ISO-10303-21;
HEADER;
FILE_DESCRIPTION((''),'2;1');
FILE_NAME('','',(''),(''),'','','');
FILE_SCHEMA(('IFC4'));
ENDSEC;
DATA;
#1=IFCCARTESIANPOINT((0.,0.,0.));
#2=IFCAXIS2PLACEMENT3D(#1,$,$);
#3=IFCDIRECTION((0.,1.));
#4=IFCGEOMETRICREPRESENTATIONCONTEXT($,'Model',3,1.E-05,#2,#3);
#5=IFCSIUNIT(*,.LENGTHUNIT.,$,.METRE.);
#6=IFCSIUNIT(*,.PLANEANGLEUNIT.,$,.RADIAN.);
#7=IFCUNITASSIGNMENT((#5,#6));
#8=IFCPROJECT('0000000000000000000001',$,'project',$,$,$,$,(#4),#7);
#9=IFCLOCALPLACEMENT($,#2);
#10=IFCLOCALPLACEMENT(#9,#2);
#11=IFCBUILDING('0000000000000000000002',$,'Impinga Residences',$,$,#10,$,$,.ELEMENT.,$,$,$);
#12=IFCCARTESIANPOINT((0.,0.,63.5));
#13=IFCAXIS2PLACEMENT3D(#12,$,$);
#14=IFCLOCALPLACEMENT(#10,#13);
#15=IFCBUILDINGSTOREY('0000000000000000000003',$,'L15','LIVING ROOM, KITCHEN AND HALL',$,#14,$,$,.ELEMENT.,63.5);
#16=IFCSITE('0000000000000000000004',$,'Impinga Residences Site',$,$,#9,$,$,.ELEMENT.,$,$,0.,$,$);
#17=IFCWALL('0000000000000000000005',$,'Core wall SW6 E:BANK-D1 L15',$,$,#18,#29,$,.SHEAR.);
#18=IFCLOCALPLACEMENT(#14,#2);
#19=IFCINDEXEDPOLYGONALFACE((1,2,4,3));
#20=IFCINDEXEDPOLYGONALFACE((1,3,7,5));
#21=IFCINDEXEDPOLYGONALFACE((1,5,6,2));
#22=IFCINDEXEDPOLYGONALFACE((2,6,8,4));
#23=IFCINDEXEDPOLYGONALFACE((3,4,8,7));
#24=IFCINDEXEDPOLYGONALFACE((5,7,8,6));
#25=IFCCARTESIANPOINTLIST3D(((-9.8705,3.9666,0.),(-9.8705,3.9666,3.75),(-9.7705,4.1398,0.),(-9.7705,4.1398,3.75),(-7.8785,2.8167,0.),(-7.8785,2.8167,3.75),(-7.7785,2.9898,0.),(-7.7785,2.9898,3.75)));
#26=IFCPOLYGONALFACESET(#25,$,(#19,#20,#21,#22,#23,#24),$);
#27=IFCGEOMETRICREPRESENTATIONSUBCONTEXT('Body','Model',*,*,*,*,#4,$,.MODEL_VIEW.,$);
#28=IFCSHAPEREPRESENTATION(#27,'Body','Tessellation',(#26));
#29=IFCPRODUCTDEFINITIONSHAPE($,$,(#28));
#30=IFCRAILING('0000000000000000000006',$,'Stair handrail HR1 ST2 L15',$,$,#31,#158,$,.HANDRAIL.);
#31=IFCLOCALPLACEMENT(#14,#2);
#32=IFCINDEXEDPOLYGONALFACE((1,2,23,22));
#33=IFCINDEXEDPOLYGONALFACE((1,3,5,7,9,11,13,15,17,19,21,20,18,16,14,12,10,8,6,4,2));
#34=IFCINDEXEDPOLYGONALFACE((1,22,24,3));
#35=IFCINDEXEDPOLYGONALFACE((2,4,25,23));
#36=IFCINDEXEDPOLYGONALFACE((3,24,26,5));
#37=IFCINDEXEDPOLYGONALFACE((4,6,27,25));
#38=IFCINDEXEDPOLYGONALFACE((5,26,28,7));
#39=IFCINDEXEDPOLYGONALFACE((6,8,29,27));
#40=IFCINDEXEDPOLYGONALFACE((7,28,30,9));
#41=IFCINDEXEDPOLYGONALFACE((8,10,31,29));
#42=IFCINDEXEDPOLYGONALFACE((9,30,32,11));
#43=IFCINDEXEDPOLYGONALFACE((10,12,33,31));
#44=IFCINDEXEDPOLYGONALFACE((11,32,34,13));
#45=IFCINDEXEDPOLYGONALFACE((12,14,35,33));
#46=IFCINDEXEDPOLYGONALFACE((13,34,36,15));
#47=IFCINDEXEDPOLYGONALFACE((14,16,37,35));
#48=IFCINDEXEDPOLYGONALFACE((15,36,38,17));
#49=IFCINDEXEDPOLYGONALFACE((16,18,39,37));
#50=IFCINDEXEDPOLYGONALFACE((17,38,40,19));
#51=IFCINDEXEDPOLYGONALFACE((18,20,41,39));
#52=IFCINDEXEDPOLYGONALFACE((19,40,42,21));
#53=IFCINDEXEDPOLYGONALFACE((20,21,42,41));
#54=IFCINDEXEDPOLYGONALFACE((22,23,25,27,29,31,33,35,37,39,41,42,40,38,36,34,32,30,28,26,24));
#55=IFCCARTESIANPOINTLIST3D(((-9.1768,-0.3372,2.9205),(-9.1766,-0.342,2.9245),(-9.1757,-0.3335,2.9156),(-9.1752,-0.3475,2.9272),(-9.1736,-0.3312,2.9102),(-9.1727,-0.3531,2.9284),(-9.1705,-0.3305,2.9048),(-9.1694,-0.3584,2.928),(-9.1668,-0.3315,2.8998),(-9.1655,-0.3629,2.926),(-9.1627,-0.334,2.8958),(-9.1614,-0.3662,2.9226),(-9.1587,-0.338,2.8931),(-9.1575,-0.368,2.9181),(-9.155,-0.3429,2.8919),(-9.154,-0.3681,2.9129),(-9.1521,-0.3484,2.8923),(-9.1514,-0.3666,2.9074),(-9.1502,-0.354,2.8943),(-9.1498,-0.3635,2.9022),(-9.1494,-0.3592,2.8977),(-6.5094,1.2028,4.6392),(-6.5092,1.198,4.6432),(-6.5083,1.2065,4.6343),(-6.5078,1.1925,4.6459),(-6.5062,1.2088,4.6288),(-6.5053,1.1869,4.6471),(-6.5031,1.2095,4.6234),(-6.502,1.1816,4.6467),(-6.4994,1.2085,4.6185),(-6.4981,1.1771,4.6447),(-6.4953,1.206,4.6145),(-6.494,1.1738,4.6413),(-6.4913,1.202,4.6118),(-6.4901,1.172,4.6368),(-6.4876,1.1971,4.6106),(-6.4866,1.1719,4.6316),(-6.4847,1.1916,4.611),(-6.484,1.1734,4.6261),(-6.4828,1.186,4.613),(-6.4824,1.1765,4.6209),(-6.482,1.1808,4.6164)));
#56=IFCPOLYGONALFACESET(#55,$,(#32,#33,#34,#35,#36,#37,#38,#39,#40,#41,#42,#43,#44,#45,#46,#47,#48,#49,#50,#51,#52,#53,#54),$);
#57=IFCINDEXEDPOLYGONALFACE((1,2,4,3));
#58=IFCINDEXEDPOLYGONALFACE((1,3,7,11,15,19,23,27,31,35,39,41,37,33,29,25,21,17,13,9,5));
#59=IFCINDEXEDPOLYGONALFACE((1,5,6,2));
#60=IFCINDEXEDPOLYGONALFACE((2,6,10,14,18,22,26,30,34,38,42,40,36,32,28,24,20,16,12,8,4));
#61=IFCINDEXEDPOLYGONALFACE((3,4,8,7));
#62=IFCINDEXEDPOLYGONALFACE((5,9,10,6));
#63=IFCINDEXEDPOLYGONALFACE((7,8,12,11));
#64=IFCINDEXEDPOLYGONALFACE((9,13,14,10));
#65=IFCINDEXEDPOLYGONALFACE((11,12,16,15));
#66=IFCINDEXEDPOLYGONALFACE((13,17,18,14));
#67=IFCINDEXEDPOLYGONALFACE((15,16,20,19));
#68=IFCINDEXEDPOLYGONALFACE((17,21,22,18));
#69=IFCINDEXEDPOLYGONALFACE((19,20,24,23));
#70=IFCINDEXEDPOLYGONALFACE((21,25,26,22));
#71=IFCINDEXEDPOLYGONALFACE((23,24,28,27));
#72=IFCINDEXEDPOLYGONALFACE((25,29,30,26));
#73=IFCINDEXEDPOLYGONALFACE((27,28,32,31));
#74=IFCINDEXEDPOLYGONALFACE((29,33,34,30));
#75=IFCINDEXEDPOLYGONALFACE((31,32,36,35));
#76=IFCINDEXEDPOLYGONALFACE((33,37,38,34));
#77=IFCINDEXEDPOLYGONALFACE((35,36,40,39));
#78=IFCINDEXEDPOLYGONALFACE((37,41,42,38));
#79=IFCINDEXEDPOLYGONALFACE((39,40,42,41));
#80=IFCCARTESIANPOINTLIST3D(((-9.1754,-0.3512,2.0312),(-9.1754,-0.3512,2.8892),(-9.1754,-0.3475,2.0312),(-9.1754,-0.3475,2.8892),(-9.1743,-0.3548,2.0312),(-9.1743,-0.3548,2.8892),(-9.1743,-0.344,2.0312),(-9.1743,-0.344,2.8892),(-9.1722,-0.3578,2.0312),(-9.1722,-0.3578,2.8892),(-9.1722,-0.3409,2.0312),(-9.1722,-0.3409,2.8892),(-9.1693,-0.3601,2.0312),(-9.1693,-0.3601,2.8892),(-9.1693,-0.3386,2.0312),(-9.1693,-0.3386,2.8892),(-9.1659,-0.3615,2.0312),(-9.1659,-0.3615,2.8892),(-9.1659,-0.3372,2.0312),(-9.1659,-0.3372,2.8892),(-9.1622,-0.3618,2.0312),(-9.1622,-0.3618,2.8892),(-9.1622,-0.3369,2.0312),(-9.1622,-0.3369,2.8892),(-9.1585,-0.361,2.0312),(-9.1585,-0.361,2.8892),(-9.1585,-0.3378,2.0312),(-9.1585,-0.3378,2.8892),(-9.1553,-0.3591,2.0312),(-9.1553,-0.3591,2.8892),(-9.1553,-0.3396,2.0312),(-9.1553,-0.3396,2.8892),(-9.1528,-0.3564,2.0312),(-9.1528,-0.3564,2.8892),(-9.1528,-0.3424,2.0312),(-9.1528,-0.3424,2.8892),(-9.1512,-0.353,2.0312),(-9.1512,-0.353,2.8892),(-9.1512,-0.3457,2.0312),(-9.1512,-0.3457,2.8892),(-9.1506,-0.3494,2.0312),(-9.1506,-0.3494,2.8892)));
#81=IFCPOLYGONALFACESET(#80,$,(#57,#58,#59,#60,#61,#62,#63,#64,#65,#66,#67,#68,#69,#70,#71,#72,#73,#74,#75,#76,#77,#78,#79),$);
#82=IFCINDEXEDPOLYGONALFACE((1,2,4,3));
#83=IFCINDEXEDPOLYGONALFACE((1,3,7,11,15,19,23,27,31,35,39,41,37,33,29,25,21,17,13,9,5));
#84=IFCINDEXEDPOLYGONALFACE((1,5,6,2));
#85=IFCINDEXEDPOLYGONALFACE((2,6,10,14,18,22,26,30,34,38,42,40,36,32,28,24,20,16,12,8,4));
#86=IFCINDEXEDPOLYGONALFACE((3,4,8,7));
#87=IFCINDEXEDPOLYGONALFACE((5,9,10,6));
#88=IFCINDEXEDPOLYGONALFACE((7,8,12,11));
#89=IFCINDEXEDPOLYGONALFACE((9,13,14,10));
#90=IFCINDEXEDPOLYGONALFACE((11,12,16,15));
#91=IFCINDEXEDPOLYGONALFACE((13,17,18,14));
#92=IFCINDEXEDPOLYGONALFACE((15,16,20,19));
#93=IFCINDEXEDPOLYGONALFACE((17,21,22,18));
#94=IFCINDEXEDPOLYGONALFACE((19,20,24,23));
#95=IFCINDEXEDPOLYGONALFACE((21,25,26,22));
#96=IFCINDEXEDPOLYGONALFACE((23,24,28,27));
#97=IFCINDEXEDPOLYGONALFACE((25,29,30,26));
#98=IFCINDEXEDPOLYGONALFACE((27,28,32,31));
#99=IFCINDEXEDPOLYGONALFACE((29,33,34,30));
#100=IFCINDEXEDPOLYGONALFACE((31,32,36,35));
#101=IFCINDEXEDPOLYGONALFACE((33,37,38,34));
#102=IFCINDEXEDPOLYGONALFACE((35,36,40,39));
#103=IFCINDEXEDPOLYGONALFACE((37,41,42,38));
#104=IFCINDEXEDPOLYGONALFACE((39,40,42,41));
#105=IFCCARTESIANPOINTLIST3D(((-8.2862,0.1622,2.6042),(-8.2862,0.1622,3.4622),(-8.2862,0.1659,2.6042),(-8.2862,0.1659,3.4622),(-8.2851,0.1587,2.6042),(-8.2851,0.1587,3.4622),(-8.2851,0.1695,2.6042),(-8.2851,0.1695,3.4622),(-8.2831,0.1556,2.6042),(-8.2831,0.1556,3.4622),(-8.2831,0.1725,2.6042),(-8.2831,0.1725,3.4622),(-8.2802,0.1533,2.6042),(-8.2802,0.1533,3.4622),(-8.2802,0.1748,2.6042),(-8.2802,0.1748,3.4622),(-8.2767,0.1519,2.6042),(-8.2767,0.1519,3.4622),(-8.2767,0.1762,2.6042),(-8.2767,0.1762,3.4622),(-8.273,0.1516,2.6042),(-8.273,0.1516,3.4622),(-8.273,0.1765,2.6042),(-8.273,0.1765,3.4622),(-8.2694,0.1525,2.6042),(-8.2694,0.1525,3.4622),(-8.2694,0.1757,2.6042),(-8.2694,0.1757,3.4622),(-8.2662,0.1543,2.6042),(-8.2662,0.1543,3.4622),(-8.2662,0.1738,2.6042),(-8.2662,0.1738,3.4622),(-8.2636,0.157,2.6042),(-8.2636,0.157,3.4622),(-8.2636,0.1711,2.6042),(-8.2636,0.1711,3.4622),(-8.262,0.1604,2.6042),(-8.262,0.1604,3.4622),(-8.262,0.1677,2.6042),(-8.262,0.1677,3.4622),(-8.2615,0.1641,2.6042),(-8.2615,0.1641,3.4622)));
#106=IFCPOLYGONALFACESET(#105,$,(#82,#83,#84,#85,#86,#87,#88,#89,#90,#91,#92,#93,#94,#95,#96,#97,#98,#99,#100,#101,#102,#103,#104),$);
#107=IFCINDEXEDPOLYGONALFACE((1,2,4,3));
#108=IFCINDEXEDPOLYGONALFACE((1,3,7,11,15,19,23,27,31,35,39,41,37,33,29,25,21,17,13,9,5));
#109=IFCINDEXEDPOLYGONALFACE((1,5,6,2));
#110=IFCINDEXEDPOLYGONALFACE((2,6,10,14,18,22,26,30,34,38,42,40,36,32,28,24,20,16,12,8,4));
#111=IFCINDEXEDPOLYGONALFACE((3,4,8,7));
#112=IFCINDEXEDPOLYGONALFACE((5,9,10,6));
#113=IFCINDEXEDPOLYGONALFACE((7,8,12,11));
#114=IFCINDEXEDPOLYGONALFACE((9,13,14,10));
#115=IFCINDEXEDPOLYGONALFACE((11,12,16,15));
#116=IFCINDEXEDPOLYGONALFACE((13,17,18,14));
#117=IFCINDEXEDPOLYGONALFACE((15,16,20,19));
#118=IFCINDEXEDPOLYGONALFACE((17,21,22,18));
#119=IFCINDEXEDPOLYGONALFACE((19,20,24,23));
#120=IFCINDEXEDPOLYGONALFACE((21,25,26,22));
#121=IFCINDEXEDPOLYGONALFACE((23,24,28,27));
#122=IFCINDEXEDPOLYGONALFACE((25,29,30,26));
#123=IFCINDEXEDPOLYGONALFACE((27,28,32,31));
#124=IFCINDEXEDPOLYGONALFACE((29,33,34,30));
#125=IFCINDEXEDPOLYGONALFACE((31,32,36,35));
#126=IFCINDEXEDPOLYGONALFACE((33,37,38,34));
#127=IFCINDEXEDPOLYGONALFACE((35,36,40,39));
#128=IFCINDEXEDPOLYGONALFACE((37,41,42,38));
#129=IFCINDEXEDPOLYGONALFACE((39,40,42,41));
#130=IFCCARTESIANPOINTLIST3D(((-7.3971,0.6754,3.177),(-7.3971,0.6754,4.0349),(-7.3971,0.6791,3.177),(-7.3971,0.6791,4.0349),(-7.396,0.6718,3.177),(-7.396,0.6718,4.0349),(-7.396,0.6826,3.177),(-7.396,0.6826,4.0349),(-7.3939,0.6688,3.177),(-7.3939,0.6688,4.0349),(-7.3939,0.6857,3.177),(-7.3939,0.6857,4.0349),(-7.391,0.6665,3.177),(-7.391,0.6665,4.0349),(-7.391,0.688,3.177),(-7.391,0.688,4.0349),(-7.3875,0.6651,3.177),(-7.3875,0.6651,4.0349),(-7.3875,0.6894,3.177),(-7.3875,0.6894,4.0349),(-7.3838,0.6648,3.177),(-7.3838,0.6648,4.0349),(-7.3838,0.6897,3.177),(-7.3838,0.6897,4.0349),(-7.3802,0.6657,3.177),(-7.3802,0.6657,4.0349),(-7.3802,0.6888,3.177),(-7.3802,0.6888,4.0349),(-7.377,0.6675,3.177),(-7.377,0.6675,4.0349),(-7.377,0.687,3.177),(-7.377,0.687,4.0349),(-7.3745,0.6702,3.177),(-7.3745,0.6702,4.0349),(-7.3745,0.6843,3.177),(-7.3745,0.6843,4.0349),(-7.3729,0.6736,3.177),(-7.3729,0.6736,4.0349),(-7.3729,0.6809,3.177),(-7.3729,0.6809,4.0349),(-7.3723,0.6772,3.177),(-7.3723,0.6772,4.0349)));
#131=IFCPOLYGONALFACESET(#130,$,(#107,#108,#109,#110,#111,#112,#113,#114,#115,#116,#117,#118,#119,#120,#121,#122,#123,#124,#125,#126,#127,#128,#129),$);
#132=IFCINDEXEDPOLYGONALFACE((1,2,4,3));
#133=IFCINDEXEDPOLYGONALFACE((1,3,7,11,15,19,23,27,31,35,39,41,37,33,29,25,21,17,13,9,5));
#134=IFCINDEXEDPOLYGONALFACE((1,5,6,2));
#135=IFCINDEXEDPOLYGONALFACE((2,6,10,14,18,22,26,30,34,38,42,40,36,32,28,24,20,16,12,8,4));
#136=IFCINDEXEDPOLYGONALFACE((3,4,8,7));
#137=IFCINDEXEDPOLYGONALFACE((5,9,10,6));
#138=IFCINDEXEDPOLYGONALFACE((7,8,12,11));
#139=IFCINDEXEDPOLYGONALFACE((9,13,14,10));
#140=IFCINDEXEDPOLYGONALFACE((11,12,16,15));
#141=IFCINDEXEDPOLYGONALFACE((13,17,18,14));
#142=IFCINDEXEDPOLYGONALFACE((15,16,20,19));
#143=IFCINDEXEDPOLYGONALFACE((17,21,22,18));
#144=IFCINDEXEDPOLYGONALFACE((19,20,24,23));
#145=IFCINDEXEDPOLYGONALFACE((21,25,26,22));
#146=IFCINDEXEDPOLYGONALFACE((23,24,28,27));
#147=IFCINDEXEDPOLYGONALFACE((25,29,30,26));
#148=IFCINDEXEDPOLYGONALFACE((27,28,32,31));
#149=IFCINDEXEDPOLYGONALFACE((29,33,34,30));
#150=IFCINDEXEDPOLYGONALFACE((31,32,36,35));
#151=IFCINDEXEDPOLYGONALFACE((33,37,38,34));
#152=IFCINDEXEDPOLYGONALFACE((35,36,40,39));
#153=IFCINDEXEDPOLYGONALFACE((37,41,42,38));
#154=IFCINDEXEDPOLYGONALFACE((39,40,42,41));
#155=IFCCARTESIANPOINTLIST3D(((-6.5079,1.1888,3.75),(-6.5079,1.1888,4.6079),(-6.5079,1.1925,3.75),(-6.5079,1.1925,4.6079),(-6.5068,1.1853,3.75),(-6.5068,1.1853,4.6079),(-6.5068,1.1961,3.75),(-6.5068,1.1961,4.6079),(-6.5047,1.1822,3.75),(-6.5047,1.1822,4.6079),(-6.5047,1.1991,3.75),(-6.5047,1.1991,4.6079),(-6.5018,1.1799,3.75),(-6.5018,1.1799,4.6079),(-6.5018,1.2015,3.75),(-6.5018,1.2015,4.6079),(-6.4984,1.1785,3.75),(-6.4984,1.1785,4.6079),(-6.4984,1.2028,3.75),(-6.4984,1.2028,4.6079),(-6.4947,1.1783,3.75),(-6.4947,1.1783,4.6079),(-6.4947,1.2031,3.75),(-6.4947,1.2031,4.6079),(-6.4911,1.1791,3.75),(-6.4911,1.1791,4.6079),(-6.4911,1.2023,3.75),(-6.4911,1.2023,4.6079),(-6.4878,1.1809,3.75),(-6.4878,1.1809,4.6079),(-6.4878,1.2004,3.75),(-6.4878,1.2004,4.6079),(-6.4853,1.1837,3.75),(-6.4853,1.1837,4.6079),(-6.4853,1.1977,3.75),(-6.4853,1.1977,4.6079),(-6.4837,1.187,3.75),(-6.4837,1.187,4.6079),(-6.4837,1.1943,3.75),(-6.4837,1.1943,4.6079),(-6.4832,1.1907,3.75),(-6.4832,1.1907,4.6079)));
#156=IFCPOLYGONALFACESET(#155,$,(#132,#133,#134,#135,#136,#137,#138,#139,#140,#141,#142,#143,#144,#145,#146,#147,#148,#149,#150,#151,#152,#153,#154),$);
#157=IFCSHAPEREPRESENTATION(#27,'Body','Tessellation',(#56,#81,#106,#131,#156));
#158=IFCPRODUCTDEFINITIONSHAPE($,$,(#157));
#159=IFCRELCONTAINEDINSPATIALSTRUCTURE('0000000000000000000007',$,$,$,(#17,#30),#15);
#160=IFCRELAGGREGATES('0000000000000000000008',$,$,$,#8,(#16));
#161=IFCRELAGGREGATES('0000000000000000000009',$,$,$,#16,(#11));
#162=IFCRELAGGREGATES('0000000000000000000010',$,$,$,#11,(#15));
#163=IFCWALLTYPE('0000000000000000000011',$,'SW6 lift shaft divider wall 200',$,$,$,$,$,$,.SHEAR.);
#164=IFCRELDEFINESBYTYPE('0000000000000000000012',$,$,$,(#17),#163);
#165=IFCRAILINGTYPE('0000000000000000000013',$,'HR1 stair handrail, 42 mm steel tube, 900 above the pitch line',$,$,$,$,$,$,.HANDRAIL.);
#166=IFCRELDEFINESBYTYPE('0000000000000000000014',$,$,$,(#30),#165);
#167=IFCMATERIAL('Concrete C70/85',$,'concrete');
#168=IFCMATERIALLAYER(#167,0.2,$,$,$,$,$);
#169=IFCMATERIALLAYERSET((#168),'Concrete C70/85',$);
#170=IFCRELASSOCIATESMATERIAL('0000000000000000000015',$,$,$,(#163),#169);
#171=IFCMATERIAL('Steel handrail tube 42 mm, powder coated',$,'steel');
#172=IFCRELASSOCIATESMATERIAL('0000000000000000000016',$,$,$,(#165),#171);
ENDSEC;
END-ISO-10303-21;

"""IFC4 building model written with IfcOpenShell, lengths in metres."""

from ifc_helpers import new_model, si_unit, direction, frame, frame_2d, origin, origin_2d, place, context, subcontext, project, spatial, rectangle, circle, extrude, material, layer, layer_set, type_object, element, save


model = new_model("IFC4")

# Units and contexts
model_context = context("Model", 3, precision=1e-05, world=origin(), true_north=direction((0.0, 1.0)))
body_context = subcontext(model_context, "Body", "Model", "MODEL_VIEW")
ifc_project = project(units=[si_unit("LENGTHUNIT", "METRE"), si_unit("PLANEANGLEUNIT", "RADIAN")], contexts=[model_context])

# Site, building, storey
site_placement = place(None, origin())
site = spatial("IfcSite", under=ifc_project, at=site_placement, Name="Impinga Residences Site", CompositionType="ELEMENT", RefElevation=0.0)
building_placement = place(site_placement, origin())
building = spatial("IfcBuilding", under=site, at=building_placement, Name="Impinga Residences", CompositionType="ELEMENT")
storey_placement = place(building_placement, frame((0.0, 0.0, 63.5)))
storey = spatial("IfcBuildingStorey", under=building, at=storey_placement, Name="L15", Description="LIVING ROOM, KITCHEN AND HALL", CompositionType="ELEMENT", Elevation=63.5)

# Shared definitions
ifc_material_1 = material(Name="Concrete C70/85", Category="concrete")

# Wall
ifc_layer_1 = layer(ifc_material_1, 0.2)
ifc_layer_set_1 = layer_set([ifc_layer_1], Name="Concrete C70/85")
wall_type_1 = type_object("IfcWallType", Name="SW6 lift shaft divider wall 200", PredefinedType="SHEAR", material=ifc_layer_set_1)
wall_1_placement = place(storey_placement, frame((-7.8286, 2.9033, 0.0), z_axis=(0.0, 0.0, 1.0), x_axis=(-0.866053, 0.499952, 0.0)))
element("IfcWall", 1, at=wall_1_placement, inside=storey, type_object=wall_type_1, Name="Core wall SW6 E:BANK-D1 L15", PredefinedType="SHEAR", context=body_context, shape_type="SweptSolid", body=[
    extrude(rectangle(XDim=2.3, YDim=0.2, at=frame_2d((1.1499, 0.0))), origin(), (0.0, 0.0, 1.0), 3.75),
])

# Railing
ifc_material_2 = material(Name="Steel handrail tube 42 mm, powder coated", Category="steel")
railing_type = type_object("IfcRailingType", Name="HR1 stair handrail, 42 mm steel tube, 900 above the pitch line", PredefinedType="HANDRAIL", material=ifc_material_2)
railing_placement = place(storey_placement, frame((-9.1631, -0.3494, 2.0312)))
element("IfcRailing", 2, at=railing_placement, inside=storey, type_object=railing_type, Name="Stair handrail HR1 ST2 L15", PredefinedType="HANDRAIL", context=body_context, shape_type="SweptSolid", body=[
    extrude(circle(Radius=0.021, at=origin_2d()), frame((0.0, 0.0, 0.8789), z_axis=(0.756256, 0.436616, 0.487282), x_axis=(-0.499992, 0.86603, 0.0)), (0.0, 0.0, 1.0), 3.5271),
    extrude(circle(Radius=0.0125, at=origin_2d()), origin(), (0.0, 0.0, 1.0), 0.8579),
    extrude(circle(Radius=0.0125, at=origin_2d()), frame((0.8892, 0.5134, 0.573)), (0.0, 0.0, 1.0), 0.8579),
    extrude(circle(Radius=0.0125, at=origin_2d()), frame((1.7783, 1.0266, 1.1458)), (0.0, 0.0, 1.0), 0.8579),
    extrude(circle(Radius=0.0125, at=origin_2d()), frame((2.6675, 1.54, 1.7188)), (0.0, 0.0, 1.0), 0.8579),
])

save(model, "model.ifc")
